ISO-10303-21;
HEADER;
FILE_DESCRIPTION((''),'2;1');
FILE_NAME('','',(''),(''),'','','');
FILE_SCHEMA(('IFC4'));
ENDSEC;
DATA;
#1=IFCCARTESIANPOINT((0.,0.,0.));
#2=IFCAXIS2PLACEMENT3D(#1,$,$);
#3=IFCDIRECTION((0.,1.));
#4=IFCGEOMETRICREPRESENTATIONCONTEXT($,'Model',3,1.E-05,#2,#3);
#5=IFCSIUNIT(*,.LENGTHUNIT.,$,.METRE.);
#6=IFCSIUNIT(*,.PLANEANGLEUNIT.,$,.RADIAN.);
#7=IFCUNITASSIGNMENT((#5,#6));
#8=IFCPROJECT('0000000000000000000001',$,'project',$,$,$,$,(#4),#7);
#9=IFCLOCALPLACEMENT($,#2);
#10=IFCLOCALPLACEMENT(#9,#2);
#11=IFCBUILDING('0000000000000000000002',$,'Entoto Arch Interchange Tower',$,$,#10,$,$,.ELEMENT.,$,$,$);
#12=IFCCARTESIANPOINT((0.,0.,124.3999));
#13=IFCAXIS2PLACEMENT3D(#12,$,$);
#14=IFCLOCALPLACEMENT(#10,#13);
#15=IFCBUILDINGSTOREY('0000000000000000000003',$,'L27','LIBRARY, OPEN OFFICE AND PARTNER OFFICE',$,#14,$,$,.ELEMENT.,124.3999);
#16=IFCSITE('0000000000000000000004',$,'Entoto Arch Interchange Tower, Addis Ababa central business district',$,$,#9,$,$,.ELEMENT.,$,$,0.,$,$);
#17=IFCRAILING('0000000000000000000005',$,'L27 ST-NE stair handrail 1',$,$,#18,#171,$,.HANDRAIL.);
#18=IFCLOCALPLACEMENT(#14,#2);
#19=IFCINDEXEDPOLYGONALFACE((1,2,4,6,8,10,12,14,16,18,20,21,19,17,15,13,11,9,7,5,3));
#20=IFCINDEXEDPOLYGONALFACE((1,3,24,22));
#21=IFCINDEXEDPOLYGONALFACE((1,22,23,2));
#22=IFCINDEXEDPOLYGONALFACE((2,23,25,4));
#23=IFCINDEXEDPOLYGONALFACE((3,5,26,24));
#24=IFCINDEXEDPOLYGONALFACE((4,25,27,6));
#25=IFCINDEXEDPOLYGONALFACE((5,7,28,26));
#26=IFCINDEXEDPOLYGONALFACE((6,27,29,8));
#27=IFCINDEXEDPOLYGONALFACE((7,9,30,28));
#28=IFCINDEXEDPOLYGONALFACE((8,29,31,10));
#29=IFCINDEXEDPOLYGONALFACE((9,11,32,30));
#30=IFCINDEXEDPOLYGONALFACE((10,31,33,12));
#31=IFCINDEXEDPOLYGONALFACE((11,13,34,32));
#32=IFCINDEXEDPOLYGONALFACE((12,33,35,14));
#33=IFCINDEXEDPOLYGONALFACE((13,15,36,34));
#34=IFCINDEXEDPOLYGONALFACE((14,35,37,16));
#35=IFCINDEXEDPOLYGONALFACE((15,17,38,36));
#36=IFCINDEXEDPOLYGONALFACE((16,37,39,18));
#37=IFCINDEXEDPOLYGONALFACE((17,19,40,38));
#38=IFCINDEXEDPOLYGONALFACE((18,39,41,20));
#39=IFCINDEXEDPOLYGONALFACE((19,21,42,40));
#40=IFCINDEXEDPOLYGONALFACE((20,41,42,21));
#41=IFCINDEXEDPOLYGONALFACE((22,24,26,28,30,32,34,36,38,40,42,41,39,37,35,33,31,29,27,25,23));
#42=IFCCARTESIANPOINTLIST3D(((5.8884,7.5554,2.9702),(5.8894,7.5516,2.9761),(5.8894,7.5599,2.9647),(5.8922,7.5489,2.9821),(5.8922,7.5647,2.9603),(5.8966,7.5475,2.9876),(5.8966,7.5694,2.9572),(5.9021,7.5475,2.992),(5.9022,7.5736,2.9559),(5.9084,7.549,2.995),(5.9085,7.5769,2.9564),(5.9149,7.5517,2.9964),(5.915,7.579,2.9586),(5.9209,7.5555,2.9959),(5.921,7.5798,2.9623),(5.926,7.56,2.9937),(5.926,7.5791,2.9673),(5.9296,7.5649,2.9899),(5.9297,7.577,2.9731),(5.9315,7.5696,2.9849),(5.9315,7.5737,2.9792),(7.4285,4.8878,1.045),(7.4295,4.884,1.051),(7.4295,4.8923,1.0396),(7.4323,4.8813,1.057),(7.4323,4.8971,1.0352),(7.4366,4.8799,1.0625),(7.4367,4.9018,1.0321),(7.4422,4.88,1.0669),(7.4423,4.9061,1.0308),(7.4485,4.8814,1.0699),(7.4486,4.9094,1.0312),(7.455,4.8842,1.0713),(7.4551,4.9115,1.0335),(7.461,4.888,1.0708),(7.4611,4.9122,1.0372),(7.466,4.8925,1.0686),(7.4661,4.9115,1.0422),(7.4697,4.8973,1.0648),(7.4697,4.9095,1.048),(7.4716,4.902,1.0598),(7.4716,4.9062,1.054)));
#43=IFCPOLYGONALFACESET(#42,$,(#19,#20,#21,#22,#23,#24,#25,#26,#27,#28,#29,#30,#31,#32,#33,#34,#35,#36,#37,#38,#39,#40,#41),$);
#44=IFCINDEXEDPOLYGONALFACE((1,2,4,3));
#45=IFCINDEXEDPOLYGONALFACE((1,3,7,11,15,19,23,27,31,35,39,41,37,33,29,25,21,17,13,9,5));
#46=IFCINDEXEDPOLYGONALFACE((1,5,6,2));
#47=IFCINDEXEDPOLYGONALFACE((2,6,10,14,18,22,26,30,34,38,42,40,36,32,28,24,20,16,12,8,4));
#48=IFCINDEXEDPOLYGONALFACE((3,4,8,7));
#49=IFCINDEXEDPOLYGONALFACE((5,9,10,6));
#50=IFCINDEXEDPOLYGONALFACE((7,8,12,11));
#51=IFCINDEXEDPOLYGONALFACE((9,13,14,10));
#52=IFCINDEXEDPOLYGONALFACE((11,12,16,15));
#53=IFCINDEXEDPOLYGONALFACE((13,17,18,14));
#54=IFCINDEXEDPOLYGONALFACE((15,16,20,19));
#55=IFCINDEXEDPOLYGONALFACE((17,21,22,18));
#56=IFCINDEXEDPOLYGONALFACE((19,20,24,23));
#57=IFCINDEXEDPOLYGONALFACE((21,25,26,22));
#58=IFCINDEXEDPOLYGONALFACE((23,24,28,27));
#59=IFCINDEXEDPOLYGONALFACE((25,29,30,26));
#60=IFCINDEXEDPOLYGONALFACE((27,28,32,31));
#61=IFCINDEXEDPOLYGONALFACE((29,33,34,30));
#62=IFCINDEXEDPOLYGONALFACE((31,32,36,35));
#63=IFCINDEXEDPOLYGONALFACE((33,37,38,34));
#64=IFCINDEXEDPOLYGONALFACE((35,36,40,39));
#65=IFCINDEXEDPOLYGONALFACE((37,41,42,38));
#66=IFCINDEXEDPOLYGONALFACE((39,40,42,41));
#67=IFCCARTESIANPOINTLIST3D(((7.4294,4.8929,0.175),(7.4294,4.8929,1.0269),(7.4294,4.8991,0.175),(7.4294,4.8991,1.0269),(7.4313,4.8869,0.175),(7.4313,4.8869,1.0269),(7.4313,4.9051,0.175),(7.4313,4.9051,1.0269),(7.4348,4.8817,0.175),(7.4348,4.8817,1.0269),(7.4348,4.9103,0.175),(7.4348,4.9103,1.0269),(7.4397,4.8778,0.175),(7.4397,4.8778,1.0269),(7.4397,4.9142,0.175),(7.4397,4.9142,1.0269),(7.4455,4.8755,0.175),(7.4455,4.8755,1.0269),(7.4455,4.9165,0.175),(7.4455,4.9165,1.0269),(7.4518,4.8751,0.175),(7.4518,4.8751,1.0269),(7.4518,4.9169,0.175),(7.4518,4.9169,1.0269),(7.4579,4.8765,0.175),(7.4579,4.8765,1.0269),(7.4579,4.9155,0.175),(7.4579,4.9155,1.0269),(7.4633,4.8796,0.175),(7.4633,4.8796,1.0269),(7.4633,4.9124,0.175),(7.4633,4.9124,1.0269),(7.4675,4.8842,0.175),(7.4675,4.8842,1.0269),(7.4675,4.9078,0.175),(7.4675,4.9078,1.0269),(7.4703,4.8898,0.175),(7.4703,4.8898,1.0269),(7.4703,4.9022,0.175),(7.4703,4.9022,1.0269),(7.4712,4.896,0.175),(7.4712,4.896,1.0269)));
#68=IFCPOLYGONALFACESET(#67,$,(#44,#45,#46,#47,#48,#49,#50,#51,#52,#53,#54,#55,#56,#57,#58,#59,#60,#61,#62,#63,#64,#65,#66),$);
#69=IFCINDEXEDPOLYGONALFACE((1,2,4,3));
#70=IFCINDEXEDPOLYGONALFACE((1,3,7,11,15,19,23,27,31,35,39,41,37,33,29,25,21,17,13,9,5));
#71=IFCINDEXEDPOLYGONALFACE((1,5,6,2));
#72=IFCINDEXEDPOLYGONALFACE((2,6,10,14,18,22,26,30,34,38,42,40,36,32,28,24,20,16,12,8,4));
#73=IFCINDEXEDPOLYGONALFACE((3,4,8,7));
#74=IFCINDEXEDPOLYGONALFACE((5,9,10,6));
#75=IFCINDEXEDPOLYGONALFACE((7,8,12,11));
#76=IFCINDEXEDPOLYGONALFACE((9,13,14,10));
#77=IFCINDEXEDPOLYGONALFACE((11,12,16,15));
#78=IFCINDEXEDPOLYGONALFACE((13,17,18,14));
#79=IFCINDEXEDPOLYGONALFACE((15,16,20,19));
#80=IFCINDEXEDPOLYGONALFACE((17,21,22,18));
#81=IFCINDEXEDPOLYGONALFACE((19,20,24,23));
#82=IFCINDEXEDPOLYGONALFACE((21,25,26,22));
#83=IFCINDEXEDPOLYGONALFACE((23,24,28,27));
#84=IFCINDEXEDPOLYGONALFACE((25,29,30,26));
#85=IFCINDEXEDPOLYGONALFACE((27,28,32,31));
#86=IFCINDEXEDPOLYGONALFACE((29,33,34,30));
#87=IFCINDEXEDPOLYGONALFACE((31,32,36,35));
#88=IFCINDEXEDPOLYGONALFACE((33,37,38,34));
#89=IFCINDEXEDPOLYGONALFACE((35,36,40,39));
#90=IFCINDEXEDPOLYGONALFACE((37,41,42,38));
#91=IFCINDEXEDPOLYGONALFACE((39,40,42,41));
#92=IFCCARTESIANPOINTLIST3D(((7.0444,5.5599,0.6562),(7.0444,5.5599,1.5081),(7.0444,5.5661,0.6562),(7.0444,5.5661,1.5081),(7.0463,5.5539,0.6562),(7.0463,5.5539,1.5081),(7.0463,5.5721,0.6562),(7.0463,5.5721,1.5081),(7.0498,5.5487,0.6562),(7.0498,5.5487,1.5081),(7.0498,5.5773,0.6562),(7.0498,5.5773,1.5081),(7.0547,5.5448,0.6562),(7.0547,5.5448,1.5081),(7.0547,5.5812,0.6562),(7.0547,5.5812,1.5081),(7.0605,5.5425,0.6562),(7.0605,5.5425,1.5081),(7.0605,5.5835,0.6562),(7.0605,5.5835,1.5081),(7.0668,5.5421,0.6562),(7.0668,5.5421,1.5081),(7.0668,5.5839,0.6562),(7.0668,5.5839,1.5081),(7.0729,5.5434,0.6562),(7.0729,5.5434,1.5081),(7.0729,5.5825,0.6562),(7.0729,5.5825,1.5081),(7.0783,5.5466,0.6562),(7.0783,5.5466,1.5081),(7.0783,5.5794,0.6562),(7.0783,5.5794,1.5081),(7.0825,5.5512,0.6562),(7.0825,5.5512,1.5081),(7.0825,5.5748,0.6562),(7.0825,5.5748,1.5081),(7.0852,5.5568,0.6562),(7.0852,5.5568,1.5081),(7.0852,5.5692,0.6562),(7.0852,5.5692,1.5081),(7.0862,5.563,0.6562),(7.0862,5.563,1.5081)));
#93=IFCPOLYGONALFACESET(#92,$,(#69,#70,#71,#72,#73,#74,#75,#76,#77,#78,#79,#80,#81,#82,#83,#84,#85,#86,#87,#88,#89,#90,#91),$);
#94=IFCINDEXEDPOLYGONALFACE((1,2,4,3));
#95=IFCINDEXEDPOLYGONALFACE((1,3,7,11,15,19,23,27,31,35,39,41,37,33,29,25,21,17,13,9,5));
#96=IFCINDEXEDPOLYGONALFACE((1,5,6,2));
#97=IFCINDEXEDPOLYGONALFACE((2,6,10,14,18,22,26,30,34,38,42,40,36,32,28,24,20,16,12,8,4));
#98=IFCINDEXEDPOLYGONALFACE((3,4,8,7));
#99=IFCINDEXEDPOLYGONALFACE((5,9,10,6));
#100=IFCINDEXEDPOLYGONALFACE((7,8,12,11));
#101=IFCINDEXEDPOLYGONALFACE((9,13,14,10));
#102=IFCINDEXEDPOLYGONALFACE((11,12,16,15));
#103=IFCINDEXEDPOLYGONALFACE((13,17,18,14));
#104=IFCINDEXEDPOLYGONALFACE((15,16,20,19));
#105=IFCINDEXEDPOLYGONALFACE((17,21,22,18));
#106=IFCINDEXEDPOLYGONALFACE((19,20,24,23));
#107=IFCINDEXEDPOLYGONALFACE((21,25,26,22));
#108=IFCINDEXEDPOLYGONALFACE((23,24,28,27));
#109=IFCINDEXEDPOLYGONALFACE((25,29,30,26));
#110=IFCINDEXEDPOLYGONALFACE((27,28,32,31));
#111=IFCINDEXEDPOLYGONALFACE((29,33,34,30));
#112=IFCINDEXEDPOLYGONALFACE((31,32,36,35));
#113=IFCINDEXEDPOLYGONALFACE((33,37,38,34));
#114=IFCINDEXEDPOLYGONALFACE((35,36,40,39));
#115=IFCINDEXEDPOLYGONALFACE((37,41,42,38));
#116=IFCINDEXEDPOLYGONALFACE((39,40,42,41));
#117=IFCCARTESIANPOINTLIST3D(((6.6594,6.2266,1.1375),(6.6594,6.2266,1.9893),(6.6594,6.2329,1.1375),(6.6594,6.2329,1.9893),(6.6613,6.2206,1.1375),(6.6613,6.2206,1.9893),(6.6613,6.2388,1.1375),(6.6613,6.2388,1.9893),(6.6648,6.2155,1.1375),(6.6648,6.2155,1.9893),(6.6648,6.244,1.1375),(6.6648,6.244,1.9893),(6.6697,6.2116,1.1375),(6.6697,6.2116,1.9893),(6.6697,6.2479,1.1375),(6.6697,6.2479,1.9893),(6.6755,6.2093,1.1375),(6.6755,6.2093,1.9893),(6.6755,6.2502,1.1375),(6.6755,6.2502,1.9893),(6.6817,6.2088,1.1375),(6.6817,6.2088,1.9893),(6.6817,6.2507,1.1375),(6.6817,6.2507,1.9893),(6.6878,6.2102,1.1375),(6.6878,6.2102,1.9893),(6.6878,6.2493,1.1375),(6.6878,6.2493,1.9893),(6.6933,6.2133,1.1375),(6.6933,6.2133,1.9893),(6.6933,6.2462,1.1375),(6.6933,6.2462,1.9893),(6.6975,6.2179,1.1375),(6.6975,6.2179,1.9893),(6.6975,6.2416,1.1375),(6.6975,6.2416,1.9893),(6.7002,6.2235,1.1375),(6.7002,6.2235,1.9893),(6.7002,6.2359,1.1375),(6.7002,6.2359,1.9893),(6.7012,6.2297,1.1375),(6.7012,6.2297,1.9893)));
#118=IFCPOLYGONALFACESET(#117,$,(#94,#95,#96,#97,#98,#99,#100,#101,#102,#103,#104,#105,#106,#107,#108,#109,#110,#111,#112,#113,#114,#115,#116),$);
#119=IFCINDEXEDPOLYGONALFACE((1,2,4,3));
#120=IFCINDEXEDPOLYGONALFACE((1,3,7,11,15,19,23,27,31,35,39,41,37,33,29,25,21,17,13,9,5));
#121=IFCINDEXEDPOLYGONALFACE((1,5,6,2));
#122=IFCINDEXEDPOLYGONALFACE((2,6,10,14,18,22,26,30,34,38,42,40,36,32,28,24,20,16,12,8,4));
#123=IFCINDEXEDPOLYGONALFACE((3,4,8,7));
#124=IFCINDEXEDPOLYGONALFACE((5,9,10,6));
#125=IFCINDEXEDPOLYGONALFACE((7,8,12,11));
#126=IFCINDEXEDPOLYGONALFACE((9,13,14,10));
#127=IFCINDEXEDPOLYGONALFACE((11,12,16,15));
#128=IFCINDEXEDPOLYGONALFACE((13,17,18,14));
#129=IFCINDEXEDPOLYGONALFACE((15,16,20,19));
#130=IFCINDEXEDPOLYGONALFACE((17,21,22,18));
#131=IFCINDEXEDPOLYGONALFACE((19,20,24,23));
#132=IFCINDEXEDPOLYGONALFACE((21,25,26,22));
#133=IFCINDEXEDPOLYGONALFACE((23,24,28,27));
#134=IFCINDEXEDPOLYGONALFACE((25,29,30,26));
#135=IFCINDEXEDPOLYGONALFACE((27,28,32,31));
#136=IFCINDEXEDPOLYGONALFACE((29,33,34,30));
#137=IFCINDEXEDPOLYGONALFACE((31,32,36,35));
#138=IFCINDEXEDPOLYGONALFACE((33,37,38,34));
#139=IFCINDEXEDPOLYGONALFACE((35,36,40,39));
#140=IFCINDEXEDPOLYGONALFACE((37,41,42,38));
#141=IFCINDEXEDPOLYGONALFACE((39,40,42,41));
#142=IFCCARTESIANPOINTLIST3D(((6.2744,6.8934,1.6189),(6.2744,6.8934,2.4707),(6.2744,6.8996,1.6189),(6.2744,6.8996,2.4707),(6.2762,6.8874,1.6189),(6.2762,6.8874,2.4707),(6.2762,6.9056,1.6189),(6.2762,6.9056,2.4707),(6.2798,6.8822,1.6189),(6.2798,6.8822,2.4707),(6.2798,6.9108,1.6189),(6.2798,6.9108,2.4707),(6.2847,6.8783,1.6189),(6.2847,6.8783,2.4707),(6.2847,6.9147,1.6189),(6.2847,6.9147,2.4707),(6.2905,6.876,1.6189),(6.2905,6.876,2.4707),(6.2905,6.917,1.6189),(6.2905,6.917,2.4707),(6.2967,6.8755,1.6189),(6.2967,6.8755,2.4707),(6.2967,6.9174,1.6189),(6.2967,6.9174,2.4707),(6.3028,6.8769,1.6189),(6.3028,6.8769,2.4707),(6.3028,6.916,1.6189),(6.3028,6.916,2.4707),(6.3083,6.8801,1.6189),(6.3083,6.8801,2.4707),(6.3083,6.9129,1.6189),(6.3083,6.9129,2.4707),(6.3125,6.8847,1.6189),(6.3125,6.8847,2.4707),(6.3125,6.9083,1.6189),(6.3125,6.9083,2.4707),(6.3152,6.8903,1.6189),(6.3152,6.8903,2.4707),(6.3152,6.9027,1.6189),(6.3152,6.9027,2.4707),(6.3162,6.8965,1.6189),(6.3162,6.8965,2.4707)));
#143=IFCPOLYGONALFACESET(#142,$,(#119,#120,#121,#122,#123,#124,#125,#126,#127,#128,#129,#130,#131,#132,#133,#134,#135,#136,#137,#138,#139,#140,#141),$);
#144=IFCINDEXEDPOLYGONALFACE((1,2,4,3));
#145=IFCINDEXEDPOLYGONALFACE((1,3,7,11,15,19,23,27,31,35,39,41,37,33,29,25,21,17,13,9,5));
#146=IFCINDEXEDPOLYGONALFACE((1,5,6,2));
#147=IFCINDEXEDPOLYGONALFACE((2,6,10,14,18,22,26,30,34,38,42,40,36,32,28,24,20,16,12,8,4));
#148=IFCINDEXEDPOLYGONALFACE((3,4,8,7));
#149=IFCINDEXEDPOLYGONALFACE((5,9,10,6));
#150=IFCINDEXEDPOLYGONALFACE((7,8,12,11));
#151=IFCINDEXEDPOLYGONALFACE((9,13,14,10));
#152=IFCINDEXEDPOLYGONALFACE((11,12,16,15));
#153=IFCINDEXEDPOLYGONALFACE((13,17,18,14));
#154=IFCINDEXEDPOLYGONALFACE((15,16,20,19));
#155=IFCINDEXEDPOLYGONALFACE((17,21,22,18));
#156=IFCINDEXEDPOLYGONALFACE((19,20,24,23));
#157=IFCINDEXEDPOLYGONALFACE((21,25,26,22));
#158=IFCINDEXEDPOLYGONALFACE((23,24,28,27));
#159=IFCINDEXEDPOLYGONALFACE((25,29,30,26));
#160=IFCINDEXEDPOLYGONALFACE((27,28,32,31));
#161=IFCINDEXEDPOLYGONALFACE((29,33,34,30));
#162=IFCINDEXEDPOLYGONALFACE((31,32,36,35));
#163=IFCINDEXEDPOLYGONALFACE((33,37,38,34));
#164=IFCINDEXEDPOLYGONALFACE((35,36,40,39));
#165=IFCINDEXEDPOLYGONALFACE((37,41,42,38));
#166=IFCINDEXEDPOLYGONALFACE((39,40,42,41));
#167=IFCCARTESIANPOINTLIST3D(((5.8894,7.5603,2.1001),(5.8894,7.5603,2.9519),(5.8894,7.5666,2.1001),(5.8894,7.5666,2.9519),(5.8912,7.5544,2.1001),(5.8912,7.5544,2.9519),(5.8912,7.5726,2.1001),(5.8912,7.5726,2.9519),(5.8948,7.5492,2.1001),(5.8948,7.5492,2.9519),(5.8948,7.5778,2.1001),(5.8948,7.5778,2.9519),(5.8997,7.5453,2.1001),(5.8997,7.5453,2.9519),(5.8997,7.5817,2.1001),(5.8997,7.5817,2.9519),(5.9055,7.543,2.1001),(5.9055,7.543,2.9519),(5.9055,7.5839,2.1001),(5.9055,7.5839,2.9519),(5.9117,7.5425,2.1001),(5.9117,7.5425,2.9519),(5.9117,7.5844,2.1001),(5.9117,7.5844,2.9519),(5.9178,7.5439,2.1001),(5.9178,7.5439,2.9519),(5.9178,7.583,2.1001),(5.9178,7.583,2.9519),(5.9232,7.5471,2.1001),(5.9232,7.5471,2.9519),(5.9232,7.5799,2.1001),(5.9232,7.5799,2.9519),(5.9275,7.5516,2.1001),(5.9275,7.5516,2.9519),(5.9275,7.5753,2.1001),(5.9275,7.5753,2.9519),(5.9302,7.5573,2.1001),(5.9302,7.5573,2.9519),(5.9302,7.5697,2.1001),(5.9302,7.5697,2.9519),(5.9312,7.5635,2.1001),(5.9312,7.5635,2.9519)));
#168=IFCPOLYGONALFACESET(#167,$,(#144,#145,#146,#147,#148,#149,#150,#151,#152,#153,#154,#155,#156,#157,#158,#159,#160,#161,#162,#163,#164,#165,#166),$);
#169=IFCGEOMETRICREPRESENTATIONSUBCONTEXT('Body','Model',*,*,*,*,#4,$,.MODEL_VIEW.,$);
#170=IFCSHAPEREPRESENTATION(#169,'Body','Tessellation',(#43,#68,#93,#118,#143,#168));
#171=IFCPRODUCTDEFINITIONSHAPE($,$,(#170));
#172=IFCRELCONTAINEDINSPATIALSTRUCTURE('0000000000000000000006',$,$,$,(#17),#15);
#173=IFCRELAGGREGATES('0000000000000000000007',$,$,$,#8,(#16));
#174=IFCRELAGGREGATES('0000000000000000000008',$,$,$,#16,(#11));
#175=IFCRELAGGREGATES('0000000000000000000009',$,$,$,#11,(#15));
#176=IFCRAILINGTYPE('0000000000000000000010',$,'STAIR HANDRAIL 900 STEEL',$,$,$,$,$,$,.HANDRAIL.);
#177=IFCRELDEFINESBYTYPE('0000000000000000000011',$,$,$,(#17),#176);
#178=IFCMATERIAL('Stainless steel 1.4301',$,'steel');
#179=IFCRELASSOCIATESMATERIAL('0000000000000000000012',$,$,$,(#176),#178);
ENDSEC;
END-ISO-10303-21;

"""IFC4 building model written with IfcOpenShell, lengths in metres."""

from ifc_helpers import new_model, si_unit, direction, frame, origin, origin_2d, place, context, subcontext, project, spatial, circle, extrude, material, type_object, element, save


model = new_model("IFC4")

# Units and contexts
model_context = context("Model", 3, precision=1e-05, world=origin(), true_north=direction((0.0, 1.0)))
body_context = subcontext(model_context, "Body", "Model", "MODEL_VIEW")
ifc_project = project(units=[si_unit("LENGTHUNIT", "METRE"), si_unit("PLANEANGLEUNIT", "RADIAN")], contexts=[model_context])

# Site, building, storey
site_placement = place(None, origin())
site = spatial("IfcSite", under=ifc_project, at=site_placement, Name="Entoto Arch Interchange Tower, Addis Ababa central business district", CompositionType="ELEMENT", RefElevation=0.0)
building_placement = place(site_placement, origin())
building = spatial("IfcBuilding", under=site, at=building_placement, Name="Entoto Arch Interchange Tower", CompositionType="ELEMENT")
storey_placement = place(building_placement, frame((0.0, 0.0, 124.3999)))
storey = spatial("IfcBuildingStorey", under=building, at=storey_placement, Name="L27", Description="LIBRARY, OPEN OFFICE AND PARTNER OFFICE", CompositionType="ELEMENT", Elevation=124.3999)

# Railing
ifc_material_1 = material(Name="Stainless steel 1.4301", Category="steel")
railing_type_1 = type_object("IfcRailingType", Name="STAIR HANDRAIL 900 STEEL", PredefinedType="HANDRAIL", material=ifc_material_1)
railing_1_placement = place(storey_placement, frame((7.4502, 4.896, 0.175)))
element("IfcRailing", 1, at=railing_1_placement, inside=storey, type_object=railing_type_1, Name="L27 ST-NE stair handrail 1", PredefinedType="HANDRAIL", context=body_context, shape_type="SweptSolid", body=[
    extrude(circle(Radius=0.0239, at=origin_2d()), frame((0.0, 0.0, 0.876), z_axis=(-0.423994, 0.734395, 0.529993), x_axis=(-0.86603, -0.499992, 0.0)), (0.0, 0.0, 1.0), 3.6323),
    extrude(circle(Radius=0.021, at=origin_2d()), origin(), (0.0, 0.0, 1.0), 0.8518),
    extrude(circle(Radius=0.021, at=origin_2d()), frame((-0.385, 0.667, 0.4812)), (0.0, 0.0, 1.0), 0.8518),
    extrude(circle(Radius=0.021, at=origin_2d()), frame((-0.77, 1.3337, 0.9624)), (0.0, 0.0, 1.0), 0.8518),
    extrude(circle(Radius=0.021, at=origin_2d()), frame((-1.155, 2.0005, 1.4438)), (0.0, 0.0, 1.0), 0.8518),
    extrude(circle(Radius=0.021, at=origin_2d()), frame((-1.54, 2.6675, 1.925)), (0.0, 0.0, 1.0), 0.8518),
])

save(model, "model.ifc")
